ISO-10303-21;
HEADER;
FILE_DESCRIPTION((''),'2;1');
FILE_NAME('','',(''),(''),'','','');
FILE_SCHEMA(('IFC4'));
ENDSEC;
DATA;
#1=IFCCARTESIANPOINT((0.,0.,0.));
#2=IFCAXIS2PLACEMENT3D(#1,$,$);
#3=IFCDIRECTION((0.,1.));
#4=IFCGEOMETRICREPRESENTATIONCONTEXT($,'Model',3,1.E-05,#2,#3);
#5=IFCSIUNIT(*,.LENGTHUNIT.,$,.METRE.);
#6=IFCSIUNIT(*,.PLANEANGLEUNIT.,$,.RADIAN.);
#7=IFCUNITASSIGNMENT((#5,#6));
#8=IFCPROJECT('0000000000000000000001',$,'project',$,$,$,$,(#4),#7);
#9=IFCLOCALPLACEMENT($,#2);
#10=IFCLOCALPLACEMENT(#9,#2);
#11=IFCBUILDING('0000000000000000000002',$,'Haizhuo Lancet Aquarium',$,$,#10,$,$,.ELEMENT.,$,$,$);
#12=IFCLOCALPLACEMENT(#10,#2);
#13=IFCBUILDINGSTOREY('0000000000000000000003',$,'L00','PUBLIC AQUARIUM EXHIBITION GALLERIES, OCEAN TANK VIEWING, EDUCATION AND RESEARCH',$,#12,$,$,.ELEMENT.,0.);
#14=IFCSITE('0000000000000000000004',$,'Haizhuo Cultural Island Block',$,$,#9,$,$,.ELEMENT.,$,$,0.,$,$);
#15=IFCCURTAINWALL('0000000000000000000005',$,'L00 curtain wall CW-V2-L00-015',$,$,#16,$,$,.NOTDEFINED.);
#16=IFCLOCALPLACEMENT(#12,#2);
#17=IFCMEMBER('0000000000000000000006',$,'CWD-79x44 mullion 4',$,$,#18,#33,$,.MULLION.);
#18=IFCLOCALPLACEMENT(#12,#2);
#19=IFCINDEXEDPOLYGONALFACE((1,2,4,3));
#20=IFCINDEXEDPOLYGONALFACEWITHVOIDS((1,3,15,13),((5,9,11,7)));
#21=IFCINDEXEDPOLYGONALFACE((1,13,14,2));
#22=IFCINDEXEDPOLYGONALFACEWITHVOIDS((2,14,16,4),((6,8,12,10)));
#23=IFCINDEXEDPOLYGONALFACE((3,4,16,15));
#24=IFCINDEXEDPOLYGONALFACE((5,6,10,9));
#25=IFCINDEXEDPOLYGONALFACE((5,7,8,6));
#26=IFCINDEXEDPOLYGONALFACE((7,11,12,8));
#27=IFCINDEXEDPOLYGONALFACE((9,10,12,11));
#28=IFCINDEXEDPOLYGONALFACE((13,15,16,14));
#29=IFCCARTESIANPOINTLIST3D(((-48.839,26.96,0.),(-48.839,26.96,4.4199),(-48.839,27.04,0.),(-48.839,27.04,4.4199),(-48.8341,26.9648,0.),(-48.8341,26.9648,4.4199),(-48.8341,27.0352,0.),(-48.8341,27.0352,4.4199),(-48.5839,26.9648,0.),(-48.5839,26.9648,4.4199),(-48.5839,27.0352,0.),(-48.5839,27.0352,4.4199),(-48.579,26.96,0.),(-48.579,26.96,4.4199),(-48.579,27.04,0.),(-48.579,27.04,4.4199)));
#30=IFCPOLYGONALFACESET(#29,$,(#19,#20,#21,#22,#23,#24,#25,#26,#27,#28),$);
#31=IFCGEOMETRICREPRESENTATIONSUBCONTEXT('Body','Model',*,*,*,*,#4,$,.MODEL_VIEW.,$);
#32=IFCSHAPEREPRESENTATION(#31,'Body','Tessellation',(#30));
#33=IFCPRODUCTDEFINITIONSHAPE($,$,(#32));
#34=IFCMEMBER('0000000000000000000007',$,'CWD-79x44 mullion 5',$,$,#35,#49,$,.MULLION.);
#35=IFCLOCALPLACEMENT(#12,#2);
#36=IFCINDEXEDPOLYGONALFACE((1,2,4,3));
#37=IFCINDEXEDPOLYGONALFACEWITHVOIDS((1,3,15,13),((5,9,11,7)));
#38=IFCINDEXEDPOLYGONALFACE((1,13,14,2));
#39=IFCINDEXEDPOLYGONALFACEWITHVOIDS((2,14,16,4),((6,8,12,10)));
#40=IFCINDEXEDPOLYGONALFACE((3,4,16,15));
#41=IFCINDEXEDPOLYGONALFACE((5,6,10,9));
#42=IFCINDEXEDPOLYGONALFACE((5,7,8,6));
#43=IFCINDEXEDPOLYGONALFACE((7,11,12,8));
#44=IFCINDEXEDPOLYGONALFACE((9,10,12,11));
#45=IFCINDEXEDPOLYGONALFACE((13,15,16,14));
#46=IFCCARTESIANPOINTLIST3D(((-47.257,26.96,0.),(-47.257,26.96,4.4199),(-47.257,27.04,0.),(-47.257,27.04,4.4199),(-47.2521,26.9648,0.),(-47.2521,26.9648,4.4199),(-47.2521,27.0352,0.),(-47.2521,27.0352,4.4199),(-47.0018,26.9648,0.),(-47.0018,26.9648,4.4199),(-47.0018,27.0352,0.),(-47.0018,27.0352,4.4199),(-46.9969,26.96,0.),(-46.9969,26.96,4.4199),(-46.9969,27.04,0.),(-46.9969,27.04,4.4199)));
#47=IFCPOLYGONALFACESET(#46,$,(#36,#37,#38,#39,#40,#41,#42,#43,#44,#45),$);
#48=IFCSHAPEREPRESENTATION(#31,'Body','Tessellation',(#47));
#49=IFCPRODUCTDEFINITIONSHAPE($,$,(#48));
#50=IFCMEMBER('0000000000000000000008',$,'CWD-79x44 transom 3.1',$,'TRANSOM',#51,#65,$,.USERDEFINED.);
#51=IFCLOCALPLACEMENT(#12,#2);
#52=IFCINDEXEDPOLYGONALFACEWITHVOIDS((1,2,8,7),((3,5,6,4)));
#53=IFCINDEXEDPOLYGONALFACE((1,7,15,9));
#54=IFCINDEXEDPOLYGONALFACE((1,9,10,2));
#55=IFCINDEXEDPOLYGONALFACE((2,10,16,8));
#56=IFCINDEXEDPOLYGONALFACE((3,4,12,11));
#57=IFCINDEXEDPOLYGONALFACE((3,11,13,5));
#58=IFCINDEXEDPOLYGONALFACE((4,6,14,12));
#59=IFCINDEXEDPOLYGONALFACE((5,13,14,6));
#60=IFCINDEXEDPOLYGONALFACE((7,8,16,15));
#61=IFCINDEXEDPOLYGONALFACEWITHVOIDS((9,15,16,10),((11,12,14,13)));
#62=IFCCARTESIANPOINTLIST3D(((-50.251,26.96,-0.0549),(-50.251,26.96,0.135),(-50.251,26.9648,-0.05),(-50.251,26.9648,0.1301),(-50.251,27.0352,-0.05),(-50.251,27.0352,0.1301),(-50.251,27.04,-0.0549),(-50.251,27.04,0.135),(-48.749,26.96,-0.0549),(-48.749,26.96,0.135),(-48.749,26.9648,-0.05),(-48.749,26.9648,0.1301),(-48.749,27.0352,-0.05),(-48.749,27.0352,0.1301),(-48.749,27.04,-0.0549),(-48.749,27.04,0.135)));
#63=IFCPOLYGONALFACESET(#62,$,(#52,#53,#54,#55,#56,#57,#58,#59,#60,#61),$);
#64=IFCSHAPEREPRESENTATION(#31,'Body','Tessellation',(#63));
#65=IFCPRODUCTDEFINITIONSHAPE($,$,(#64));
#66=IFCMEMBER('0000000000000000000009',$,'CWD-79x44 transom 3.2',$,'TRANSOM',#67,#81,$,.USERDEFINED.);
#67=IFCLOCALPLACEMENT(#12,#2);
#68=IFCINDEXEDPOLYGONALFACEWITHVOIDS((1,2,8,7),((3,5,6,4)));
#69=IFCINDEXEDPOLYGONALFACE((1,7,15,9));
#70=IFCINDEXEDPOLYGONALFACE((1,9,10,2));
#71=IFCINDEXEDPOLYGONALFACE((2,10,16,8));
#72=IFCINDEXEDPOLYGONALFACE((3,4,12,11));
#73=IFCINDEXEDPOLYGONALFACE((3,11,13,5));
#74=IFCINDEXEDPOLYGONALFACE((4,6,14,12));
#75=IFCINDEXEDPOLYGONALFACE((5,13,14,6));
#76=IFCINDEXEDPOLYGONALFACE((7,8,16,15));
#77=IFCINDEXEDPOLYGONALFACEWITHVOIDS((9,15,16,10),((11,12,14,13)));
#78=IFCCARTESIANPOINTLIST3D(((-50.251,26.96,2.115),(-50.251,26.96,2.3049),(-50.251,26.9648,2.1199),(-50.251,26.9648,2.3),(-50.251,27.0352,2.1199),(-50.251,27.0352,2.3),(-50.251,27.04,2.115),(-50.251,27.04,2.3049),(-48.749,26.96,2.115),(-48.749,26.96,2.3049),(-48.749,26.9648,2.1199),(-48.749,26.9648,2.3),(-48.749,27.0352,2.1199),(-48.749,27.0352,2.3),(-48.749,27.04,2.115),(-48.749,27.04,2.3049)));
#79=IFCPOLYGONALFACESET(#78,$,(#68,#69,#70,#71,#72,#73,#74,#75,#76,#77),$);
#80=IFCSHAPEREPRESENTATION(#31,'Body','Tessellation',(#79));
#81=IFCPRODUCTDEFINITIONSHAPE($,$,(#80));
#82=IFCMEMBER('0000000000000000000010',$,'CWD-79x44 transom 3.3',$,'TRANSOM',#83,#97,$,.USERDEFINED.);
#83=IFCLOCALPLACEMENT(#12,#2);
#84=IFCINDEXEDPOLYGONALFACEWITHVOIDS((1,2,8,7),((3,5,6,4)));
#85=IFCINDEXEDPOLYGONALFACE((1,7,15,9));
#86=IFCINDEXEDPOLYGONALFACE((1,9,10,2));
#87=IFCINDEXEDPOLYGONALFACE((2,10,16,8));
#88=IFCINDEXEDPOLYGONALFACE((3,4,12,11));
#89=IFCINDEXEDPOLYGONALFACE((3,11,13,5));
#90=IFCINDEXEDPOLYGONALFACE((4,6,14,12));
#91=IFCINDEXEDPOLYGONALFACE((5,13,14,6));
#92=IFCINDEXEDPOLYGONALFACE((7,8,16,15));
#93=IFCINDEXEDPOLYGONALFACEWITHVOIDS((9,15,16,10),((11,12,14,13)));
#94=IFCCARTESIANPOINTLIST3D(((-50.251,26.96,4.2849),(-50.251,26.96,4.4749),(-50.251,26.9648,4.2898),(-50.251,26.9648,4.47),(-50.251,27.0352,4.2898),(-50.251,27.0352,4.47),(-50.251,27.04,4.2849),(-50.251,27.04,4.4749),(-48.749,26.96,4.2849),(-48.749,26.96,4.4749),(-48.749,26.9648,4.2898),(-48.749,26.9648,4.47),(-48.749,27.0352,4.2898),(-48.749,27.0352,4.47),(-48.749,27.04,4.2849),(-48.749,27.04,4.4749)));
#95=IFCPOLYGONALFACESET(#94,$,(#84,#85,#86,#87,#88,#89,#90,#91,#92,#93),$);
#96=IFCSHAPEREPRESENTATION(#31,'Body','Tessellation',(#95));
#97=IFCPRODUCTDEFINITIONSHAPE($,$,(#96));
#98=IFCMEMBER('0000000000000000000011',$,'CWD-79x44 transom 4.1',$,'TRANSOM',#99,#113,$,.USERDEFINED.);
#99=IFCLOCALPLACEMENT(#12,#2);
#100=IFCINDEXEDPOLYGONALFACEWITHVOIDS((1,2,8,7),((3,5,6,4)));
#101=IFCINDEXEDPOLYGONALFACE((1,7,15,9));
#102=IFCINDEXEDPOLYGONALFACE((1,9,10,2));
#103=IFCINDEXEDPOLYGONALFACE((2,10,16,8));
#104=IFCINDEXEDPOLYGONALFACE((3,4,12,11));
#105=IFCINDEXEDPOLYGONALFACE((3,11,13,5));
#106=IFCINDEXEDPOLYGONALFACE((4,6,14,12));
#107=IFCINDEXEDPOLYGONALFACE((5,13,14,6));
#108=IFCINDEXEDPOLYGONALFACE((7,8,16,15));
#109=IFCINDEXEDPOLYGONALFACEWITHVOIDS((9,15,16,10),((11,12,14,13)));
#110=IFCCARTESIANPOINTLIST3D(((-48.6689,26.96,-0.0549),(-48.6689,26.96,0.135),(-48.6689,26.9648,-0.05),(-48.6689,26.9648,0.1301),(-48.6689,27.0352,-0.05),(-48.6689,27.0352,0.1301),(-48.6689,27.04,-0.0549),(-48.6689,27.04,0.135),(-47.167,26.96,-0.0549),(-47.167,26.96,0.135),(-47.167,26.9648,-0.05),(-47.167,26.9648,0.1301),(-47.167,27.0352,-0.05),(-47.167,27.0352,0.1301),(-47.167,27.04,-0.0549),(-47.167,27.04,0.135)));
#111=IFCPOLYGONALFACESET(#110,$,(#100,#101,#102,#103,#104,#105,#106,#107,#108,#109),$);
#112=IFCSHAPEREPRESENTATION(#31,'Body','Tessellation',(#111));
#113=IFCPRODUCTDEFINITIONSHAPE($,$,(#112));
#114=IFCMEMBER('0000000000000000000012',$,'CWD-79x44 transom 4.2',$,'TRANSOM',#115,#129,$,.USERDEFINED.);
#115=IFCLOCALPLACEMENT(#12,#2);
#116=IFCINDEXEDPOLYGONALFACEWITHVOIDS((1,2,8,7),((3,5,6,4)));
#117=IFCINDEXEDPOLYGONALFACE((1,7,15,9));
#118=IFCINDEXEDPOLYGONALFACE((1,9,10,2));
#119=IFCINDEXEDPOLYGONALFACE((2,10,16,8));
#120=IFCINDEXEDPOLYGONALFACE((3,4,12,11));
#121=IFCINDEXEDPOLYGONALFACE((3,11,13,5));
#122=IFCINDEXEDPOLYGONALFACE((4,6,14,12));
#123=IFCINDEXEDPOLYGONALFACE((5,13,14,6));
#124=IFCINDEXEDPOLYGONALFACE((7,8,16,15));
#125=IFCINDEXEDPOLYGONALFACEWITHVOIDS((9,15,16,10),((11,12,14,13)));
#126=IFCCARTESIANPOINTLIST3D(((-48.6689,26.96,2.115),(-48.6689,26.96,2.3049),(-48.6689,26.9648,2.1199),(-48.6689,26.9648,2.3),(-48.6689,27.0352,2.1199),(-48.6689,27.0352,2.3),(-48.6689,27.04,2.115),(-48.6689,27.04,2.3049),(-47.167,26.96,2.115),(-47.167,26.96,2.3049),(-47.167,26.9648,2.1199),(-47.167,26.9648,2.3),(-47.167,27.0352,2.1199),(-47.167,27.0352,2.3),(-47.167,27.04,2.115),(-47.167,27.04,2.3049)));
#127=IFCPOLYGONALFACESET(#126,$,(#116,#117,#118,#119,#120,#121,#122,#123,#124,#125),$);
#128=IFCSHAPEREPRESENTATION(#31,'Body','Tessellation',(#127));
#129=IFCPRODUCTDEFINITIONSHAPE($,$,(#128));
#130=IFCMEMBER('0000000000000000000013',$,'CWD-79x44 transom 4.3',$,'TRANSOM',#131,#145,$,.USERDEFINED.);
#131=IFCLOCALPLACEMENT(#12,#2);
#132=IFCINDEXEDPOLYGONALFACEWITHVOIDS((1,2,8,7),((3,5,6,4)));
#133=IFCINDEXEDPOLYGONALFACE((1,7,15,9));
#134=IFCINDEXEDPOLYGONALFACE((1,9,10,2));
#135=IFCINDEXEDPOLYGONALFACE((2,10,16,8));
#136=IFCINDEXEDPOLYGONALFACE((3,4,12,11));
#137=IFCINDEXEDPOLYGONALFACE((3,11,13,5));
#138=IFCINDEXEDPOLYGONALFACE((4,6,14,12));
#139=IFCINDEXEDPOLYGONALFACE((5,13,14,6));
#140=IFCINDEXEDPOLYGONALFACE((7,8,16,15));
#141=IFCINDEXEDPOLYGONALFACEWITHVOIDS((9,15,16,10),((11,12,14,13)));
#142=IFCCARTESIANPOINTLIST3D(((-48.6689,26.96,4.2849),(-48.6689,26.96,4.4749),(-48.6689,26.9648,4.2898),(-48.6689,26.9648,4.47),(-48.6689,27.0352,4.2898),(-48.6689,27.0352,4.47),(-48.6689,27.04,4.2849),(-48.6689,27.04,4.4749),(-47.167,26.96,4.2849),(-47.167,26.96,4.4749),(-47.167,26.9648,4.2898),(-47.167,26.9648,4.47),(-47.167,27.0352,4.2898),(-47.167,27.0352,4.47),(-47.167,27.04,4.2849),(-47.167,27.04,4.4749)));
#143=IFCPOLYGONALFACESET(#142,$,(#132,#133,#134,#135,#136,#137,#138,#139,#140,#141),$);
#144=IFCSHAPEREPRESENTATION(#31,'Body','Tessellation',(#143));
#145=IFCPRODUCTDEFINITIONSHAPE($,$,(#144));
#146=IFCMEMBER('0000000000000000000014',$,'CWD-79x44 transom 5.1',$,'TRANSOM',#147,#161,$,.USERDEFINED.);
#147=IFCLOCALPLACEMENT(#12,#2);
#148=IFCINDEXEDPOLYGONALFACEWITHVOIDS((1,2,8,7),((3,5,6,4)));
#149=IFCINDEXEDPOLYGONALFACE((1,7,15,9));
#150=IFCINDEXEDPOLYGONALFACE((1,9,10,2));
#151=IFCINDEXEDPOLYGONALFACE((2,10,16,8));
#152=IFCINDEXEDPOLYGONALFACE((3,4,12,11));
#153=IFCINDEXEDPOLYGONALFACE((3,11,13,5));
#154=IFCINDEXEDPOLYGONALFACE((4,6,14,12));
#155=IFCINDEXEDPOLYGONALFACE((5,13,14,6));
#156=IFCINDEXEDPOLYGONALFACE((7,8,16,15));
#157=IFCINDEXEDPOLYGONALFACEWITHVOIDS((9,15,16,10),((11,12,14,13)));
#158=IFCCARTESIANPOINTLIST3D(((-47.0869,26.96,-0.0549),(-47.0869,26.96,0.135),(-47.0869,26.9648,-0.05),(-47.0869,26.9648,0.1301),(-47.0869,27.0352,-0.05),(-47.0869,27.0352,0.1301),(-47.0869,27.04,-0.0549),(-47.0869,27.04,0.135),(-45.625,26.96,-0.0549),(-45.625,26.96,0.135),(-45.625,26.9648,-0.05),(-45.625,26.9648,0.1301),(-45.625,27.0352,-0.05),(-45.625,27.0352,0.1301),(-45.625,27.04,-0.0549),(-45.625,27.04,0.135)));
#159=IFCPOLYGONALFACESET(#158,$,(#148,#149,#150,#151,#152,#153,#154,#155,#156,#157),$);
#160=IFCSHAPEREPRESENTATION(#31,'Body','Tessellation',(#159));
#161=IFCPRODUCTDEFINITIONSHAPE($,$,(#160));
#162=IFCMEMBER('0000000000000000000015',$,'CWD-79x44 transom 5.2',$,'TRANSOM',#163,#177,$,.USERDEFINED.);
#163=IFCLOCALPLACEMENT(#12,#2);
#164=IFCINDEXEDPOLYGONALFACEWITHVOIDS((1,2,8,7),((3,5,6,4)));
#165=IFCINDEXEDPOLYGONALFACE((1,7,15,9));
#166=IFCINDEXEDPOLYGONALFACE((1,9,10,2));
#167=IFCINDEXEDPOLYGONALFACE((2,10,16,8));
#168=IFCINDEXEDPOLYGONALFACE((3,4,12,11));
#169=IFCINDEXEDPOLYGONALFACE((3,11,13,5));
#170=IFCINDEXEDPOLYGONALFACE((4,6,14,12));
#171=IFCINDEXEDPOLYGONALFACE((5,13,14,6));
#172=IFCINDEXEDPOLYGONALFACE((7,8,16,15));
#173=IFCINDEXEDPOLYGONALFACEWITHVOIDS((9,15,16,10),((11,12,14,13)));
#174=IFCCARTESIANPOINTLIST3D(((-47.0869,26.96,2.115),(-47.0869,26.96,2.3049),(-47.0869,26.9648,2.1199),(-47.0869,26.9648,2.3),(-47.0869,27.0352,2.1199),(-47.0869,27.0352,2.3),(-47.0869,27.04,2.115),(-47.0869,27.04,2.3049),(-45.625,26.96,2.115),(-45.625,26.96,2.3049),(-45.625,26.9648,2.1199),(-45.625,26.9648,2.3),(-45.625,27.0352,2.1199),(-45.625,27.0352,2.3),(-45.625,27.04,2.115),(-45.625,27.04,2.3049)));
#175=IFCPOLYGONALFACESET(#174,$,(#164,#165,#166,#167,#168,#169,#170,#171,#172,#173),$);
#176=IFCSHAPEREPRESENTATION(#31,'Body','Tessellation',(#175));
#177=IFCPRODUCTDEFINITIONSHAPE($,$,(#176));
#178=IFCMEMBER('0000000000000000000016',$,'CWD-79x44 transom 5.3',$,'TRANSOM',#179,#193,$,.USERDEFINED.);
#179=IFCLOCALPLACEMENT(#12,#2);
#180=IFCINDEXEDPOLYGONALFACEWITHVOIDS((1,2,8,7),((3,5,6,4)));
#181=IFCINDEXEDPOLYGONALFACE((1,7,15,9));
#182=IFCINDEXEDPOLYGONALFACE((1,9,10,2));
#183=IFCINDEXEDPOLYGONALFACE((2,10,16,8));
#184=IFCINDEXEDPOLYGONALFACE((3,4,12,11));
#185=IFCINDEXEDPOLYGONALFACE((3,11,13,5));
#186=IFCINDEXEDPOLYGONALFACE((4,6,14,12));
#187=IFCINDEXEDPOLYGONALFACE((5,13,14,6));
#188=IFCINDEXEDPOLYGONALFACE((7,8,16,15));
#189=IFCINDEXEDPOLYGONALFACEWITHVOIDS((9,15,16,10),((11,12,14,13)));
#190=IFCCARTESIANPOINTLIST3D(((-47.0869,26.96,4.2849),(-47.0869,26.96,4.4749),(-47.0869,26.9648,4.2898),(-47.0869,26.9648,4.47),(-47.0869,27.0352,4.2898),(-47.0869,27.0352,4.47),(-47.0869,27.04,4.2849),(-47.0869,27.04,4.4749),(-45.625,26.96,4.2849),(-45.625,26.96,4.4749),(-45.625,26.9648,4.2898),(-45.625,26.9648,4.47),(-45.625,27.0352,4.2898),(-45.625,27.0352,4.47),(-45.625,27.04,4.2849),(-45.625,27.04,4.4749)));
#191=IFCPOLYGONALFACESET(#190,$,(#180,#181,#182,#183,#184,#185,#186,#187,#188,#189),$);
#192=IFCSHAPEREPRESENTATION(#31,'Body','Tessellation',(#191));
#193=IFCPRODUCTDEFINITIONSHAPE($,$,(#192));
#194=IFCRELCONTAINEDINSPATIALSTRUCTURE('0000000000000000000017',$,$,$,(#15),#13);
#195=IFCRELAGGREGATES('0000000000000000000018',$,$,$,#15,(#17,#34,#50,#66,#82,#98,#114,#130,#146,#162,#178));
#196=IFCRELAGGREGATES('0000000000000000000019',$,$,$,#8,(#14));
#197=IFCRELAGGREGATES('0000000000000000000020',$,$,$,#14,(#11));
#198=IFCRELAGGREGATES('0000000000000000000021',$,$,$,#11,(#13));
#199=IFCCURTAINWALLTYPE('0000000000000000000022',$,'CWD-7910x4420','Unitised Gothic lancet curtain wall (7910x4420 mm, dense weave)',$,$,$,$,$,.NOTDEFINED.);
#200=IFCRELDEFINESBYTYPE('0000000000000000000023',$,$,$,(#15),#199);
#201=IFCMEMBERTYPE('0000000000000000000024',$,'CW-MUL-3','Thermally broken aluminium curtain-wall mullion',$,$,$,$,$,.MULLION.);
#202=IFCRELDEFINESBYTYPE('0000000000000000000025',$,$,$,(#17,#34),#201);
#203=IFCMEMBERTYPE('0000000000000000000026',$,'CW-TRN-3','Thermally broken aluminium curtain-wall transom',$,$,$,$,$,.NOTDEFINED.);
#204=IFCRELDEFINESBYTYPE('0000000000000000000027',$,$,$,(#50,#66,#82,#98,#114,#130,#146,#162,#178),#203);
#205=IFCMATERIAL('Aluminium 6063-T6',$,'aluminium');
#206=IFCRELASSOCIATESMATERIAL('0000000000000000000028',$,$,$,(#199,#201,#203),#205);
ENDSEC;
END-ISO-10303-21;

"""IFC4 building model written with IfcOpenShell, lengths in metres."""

from ifc_helpers import new_model, si_unit, direction, frame, origin, origin_2d, place, context, subcontext, project, spatial, hollow_rectangle, extrude, material, material_profile, profile_set, type_object, element, aggregate, save


model = new_model("IFC4")

# Units and contexts
model_context = context("Model", 3, precision=1e-05, world=origin(), true_north=direction((0.0, 1.0)))
body_context = subcontext(model_context, "Body", "Model", "MODEL_VIEW")
ifc_project = project(units=[si_unit("LENGTHUNIT", "METRE"), si_unit("PLANEANGLEUNIT", "RADIAN")], contexts=[model_context])

# Site, building, storey
site_placement = place(None, origin())
site = spatial("IfcSite", under=ifc_project, at=site_placement, Name="Haizhuo Cultural Island Block", CompositionType="ELEMENT", RefElevation=0.0)
building_placement = place(site_placement, origin())
building = spatial("IfcBuilding", under=site, at=building_placement, Name="Haizhuo Lancet Aquarium", CompositionType="ELEMENT")
storey_placement = place(building_placement, origin())
storey = spatial("IfcBuildingStorey", under=building, at=storey_placement, Name="L00", Description="PUBLIC AQUARIUM EXHIBITION GALLERIES, OCEAN TANK VIEWING, EDUCATION AND RESEARCH", CompositionType="ELEMENT", Elevation=0.0)

# Curtain wall, members
ifc_material_1 = material(Name="Aluminium 6063-T6", Category="aluminium")
curtain_wall_type = type_object("IfcCurtainWallType", Name="CWD-7910x4420", Description="Unitised Gothic lancet curtain wall (7910x4420 mm, dense weave)", PredefinedType="NOTDEFINED", material=ifc_material_1)
curtain_wall_placement = place(storey_placement, origin())
curtain_wall = element("IfcCurtainWall", 1, at=curtain_wall_placement, inside=storey, type_object=curtain_wall_type, Name="L00 curtain wall CW-V2-L00-015", PredefinedType="NOTDEFINED")
ifc_material_profile_1 = material_profile(ifc_material_1, hollow_rectangle(XDim=0.0801, YDim=0.26, WallThickness=0.0049, at=origin_2d()), Name="ALU-M 80x260x5")
ifc_profile_set_1 = profile_set([ifc_material_profile_1], Name="Aluminium 6063-T6")
member_type_1 = type_object("IfcMemberType", Name="CW-MUL-3", Description="Thermally broken aluminium curtain-wall mullion", PredefinedType="MULLION", material=ifc_profile_set_1)
member_1_placement = place(storey_placement, frame((-48.709, 27.0, 0.0), z_axis=(0.0, 0.0, 1.0), x_axis=(0.0, 1.0, 0.0)))
member_1 = element("IfcMember", 2, at=member_1_placement, type_object=member_type_1, Name="CWD-79x44 mullion 4", PredefinedType="MULLION", context=body_context, shape_type="SweptSolid", body=[
    extrude(hollow_rectangle(XDim=0.0801, YDim=0.26, WallThickness=0.0049, at=origin_2d()), origin(), (0.0, 0.0, 1.0), 4.4199),
])
member_2_placement = place(storey_placement, frame((-47.127, 27.0, 0.0), z_axis=(0.0, 0.0, 1.0), x_axis=(0.0, 1.0, 0.0)))
member_2 = element("IfcMember", 3, at=member_2_placement, type_object=member_type_1, Name="CWD-79x44 mullion 5", PredefinedType="MULLION", context=body_context, shape_type="SweptSolid", body=[
    extrude(hollow_rectangle(XDim=0.0801, YDim=0.26, WallThickness=0.0049, at=origin_2d()), origin(), (0.0, 0.0, 1.0), 4.4199),
])
ifc_material_profile_2 = material_profile(ifc_material_1, hollow_rectangle(XDim=0.0801, YDim=0.1899, WallThickness=0.0049, at=origin_2d()), Name="ALU-T 80x190x5")
ifc_profile_set_2 = profile_set([ifc_material_profile_2], Name="Aluminium 6063-T6")
member_type_2 = type_object("IfcMemberType", Name="CW-TRN-3", Description="Thermally broken aluminium curtain-wall transom", PredefinedType="NOTDEFINED", material=ifc_profile_set_2)
member_3_placement = place(storey_placement, frame((-50.251, 27.0, 0.04), z_axis=(1.0, 0.0, 0.0), x_axis=(0.0, 1.0, 0.0)))
member_3 = element("IfcMember", 4, at=member_3_placement, type_object=member_type_2, Name="CWD-79x44 transom 3.1", ObjectType="TRANSOM", PredefinedType="USERDEFINED", context=body_context, shape_type="SweptSolid", body=[
    extrude(hollow_rectangle(XDim=0.0801, YDim=0.1899, WallThickness=0.0049, at=origin_2d()), origin(), (0.0, 0.0, 1.0), 1.502),
])
member_4_placement = place(storey_placement, frame((-50.251, 27.0, 2.21), z_axis=(1.0, 0.0, 0.0), x_axis=(0.0, 1.0, 0.0)))
member_4 = element("IfcMember", 5, at=member_4_placement, type_object=member_type_2, Name="CWD-79x44 transom 3.2", ObjectType="TRANSOM", PredefinedType="USERDEFINED", context=body_context, shape_type="SweptSolid", body=[
    extrude(hollow_rectangle(XDim=0.0801, YDim=0.1899, WallThickness=0.0049, at=origin_2d()), origin(), (0.0, 0.0, 1.0), 1.502),
])
member_5_placement = place(storey_placement, frame((-50.251, 27.0, 4.3799), z_axis=(1.0, 0.0, 0.0), x_axis=(0.0, 1.0, 0.0)))
member_5 = element("IfcMember", 6, at=member_5_placement, type_object=member_type_2, Name="CWD-79x44 transom 3.3", ObjectType="TRANSOM", PredefinedType="USERDEFINED", context=body_context, shape_type="SweptSolid", body=[
    extrude(hollow_rectangle(XDim=0.0801, YDim=0.1899, WallThickness=0.0049, at=origin_2d()), origin(), (0.0, 0.0, 1.0), 1.502),
])
member_6_placement = place(storey_placement, frame((-48.6689, 27.0, 0.04), z_axis=(1.0, 0.0, 0.0), x_axis=(0.0, 1.0, 0.0)))
member_6 = element("IfcMember", 7, at=member_6_placement, type_object=member_type_2, Name="CWD-79x44 transom 4.1", ObjectType="TRANSOM", PredefinedType="USERDEFINED", context=body_context, shape_type="SweptSolid", body=[
    extrude(hollow_rectangle(XDim=0.0801, YDim=0.1899, WallThickness=0.0049, at=origin_2d()), origin(), (0.0, 0.0, 1.0), 1.502),
])
member_7_placement = place(storey_placement, frame((-48.6689, 27.0, 2.21), z_axis=(1.0, 0.0, 0.0), x_axis=(0.0, 1.0, 0.0)))
member_7 = element("IfcMember", 8, at=member_7_placement, type_object=member_type_2, Name="CWD-79x44 transom 4.2", ObjectType="TRANSOM", PredefinedType="USERDEFINED", context=body_context, shape_type="SweptSolid", body=[
    extrude(hollow_rectangle(XDim=0.0801, YDim=0.1899, WallThickness=0.0049, at=origin_2d()), origin(), (0.0, 0.0, 1.0), 1.502),
])
member_8_placement = place(storey_placement, frame((-48.6689, 27.0, 4.3799), z_axis=(1.0, 0.0, 0.0), x_axis=(0.0, 1.0, 0.0)))
member_8 = element("IfcMember", 9, at=member_8_placement, type_object=member_type_2, Name="CWD-79x44 transom 4.3", ObjectType="TRANSOM", PredefinedType="USERDEFINED", context=body_context, shape_type="SweptSolid", body=[
    extrude(hollow_rectangle(XDim=0.0801, YDim=0.1899, WallThickness=0.0049, at=origin_2d()), origin(), (0.0, 0.0, 1.0), 1.502),
])
member_9_placement = place(storey_placement, frame((-47.0869, 27.0, 0.04), z_axis=(1.0, 0.0, 0.0), x_axis=(0.0, 1.0, 0.0)))
member_9 = element("IfcMember", 10, at=member_9_placement, type_object=member_type_2, Name="CWD-79x44 transom 5.1", ObjectType="TRANSOM", PredefinedType="USERDEFINED", context=body_context, shape_type="SweptSolid", body=[
    extrude(hollow_rectangle(XDim=0.0801, YDim=0.1899, WallThickness=0.0049, at=origin_2d()), origin(), (0.0, 0.0, 1.0), 1.4619),
])
member_10_placement = place(storey_placement, frame((-47.0869, 27.0, 2.21), z_axis=(1.0, 0.0, 0.0), x_axis=(0.0, 1.0, 0.0)))
member_10 = element("IfcMember", 11, at=member_10_placement, type_object=member_type_2, Name="CWD-79x44 transom 5.2", ObjectType="TRANSOM", PredefinedType="USERDEFINED", context=body_context, shape_type="SweptSolid", body=[
    extrude(hollow_rectangle(XDim=0.0801, YDim=0.1899, WallThickness=0.0049, at=origin_2d()), origin(), (0.0, 0.0, 1.0), 1.4619),
])
member_11_placement = place(storey_placement, frame((-47.0869, 27.0, 4.3799), z_axis=(1.0, 0.0, 0.0), x_axis=(0.0, 1.0, 0.0)))
member_11 = element("IfcMember", 12, at=member_11_placement, type_object=member_type_2, Name="CWD-79x44 transom 5.3", ObjectType="TRANSOM", PredefinedType="USERDEFINED", context=body_context, shape_type="SweptSolid", body=[
    extrude(hollow_rectangle(XDim=0.0801, YDim=0.1899, WallThickness=0.0049, at=origin_2d()), origin(), (0.0, 0.0, 1.0), 1.4619),
])

aggregate(curtain_wall, [member_1, member_2, member_3, member_4, member_5, member_6, member_7, member_8, member_9, member_10, member_11])

save(model, "model.ifc")
